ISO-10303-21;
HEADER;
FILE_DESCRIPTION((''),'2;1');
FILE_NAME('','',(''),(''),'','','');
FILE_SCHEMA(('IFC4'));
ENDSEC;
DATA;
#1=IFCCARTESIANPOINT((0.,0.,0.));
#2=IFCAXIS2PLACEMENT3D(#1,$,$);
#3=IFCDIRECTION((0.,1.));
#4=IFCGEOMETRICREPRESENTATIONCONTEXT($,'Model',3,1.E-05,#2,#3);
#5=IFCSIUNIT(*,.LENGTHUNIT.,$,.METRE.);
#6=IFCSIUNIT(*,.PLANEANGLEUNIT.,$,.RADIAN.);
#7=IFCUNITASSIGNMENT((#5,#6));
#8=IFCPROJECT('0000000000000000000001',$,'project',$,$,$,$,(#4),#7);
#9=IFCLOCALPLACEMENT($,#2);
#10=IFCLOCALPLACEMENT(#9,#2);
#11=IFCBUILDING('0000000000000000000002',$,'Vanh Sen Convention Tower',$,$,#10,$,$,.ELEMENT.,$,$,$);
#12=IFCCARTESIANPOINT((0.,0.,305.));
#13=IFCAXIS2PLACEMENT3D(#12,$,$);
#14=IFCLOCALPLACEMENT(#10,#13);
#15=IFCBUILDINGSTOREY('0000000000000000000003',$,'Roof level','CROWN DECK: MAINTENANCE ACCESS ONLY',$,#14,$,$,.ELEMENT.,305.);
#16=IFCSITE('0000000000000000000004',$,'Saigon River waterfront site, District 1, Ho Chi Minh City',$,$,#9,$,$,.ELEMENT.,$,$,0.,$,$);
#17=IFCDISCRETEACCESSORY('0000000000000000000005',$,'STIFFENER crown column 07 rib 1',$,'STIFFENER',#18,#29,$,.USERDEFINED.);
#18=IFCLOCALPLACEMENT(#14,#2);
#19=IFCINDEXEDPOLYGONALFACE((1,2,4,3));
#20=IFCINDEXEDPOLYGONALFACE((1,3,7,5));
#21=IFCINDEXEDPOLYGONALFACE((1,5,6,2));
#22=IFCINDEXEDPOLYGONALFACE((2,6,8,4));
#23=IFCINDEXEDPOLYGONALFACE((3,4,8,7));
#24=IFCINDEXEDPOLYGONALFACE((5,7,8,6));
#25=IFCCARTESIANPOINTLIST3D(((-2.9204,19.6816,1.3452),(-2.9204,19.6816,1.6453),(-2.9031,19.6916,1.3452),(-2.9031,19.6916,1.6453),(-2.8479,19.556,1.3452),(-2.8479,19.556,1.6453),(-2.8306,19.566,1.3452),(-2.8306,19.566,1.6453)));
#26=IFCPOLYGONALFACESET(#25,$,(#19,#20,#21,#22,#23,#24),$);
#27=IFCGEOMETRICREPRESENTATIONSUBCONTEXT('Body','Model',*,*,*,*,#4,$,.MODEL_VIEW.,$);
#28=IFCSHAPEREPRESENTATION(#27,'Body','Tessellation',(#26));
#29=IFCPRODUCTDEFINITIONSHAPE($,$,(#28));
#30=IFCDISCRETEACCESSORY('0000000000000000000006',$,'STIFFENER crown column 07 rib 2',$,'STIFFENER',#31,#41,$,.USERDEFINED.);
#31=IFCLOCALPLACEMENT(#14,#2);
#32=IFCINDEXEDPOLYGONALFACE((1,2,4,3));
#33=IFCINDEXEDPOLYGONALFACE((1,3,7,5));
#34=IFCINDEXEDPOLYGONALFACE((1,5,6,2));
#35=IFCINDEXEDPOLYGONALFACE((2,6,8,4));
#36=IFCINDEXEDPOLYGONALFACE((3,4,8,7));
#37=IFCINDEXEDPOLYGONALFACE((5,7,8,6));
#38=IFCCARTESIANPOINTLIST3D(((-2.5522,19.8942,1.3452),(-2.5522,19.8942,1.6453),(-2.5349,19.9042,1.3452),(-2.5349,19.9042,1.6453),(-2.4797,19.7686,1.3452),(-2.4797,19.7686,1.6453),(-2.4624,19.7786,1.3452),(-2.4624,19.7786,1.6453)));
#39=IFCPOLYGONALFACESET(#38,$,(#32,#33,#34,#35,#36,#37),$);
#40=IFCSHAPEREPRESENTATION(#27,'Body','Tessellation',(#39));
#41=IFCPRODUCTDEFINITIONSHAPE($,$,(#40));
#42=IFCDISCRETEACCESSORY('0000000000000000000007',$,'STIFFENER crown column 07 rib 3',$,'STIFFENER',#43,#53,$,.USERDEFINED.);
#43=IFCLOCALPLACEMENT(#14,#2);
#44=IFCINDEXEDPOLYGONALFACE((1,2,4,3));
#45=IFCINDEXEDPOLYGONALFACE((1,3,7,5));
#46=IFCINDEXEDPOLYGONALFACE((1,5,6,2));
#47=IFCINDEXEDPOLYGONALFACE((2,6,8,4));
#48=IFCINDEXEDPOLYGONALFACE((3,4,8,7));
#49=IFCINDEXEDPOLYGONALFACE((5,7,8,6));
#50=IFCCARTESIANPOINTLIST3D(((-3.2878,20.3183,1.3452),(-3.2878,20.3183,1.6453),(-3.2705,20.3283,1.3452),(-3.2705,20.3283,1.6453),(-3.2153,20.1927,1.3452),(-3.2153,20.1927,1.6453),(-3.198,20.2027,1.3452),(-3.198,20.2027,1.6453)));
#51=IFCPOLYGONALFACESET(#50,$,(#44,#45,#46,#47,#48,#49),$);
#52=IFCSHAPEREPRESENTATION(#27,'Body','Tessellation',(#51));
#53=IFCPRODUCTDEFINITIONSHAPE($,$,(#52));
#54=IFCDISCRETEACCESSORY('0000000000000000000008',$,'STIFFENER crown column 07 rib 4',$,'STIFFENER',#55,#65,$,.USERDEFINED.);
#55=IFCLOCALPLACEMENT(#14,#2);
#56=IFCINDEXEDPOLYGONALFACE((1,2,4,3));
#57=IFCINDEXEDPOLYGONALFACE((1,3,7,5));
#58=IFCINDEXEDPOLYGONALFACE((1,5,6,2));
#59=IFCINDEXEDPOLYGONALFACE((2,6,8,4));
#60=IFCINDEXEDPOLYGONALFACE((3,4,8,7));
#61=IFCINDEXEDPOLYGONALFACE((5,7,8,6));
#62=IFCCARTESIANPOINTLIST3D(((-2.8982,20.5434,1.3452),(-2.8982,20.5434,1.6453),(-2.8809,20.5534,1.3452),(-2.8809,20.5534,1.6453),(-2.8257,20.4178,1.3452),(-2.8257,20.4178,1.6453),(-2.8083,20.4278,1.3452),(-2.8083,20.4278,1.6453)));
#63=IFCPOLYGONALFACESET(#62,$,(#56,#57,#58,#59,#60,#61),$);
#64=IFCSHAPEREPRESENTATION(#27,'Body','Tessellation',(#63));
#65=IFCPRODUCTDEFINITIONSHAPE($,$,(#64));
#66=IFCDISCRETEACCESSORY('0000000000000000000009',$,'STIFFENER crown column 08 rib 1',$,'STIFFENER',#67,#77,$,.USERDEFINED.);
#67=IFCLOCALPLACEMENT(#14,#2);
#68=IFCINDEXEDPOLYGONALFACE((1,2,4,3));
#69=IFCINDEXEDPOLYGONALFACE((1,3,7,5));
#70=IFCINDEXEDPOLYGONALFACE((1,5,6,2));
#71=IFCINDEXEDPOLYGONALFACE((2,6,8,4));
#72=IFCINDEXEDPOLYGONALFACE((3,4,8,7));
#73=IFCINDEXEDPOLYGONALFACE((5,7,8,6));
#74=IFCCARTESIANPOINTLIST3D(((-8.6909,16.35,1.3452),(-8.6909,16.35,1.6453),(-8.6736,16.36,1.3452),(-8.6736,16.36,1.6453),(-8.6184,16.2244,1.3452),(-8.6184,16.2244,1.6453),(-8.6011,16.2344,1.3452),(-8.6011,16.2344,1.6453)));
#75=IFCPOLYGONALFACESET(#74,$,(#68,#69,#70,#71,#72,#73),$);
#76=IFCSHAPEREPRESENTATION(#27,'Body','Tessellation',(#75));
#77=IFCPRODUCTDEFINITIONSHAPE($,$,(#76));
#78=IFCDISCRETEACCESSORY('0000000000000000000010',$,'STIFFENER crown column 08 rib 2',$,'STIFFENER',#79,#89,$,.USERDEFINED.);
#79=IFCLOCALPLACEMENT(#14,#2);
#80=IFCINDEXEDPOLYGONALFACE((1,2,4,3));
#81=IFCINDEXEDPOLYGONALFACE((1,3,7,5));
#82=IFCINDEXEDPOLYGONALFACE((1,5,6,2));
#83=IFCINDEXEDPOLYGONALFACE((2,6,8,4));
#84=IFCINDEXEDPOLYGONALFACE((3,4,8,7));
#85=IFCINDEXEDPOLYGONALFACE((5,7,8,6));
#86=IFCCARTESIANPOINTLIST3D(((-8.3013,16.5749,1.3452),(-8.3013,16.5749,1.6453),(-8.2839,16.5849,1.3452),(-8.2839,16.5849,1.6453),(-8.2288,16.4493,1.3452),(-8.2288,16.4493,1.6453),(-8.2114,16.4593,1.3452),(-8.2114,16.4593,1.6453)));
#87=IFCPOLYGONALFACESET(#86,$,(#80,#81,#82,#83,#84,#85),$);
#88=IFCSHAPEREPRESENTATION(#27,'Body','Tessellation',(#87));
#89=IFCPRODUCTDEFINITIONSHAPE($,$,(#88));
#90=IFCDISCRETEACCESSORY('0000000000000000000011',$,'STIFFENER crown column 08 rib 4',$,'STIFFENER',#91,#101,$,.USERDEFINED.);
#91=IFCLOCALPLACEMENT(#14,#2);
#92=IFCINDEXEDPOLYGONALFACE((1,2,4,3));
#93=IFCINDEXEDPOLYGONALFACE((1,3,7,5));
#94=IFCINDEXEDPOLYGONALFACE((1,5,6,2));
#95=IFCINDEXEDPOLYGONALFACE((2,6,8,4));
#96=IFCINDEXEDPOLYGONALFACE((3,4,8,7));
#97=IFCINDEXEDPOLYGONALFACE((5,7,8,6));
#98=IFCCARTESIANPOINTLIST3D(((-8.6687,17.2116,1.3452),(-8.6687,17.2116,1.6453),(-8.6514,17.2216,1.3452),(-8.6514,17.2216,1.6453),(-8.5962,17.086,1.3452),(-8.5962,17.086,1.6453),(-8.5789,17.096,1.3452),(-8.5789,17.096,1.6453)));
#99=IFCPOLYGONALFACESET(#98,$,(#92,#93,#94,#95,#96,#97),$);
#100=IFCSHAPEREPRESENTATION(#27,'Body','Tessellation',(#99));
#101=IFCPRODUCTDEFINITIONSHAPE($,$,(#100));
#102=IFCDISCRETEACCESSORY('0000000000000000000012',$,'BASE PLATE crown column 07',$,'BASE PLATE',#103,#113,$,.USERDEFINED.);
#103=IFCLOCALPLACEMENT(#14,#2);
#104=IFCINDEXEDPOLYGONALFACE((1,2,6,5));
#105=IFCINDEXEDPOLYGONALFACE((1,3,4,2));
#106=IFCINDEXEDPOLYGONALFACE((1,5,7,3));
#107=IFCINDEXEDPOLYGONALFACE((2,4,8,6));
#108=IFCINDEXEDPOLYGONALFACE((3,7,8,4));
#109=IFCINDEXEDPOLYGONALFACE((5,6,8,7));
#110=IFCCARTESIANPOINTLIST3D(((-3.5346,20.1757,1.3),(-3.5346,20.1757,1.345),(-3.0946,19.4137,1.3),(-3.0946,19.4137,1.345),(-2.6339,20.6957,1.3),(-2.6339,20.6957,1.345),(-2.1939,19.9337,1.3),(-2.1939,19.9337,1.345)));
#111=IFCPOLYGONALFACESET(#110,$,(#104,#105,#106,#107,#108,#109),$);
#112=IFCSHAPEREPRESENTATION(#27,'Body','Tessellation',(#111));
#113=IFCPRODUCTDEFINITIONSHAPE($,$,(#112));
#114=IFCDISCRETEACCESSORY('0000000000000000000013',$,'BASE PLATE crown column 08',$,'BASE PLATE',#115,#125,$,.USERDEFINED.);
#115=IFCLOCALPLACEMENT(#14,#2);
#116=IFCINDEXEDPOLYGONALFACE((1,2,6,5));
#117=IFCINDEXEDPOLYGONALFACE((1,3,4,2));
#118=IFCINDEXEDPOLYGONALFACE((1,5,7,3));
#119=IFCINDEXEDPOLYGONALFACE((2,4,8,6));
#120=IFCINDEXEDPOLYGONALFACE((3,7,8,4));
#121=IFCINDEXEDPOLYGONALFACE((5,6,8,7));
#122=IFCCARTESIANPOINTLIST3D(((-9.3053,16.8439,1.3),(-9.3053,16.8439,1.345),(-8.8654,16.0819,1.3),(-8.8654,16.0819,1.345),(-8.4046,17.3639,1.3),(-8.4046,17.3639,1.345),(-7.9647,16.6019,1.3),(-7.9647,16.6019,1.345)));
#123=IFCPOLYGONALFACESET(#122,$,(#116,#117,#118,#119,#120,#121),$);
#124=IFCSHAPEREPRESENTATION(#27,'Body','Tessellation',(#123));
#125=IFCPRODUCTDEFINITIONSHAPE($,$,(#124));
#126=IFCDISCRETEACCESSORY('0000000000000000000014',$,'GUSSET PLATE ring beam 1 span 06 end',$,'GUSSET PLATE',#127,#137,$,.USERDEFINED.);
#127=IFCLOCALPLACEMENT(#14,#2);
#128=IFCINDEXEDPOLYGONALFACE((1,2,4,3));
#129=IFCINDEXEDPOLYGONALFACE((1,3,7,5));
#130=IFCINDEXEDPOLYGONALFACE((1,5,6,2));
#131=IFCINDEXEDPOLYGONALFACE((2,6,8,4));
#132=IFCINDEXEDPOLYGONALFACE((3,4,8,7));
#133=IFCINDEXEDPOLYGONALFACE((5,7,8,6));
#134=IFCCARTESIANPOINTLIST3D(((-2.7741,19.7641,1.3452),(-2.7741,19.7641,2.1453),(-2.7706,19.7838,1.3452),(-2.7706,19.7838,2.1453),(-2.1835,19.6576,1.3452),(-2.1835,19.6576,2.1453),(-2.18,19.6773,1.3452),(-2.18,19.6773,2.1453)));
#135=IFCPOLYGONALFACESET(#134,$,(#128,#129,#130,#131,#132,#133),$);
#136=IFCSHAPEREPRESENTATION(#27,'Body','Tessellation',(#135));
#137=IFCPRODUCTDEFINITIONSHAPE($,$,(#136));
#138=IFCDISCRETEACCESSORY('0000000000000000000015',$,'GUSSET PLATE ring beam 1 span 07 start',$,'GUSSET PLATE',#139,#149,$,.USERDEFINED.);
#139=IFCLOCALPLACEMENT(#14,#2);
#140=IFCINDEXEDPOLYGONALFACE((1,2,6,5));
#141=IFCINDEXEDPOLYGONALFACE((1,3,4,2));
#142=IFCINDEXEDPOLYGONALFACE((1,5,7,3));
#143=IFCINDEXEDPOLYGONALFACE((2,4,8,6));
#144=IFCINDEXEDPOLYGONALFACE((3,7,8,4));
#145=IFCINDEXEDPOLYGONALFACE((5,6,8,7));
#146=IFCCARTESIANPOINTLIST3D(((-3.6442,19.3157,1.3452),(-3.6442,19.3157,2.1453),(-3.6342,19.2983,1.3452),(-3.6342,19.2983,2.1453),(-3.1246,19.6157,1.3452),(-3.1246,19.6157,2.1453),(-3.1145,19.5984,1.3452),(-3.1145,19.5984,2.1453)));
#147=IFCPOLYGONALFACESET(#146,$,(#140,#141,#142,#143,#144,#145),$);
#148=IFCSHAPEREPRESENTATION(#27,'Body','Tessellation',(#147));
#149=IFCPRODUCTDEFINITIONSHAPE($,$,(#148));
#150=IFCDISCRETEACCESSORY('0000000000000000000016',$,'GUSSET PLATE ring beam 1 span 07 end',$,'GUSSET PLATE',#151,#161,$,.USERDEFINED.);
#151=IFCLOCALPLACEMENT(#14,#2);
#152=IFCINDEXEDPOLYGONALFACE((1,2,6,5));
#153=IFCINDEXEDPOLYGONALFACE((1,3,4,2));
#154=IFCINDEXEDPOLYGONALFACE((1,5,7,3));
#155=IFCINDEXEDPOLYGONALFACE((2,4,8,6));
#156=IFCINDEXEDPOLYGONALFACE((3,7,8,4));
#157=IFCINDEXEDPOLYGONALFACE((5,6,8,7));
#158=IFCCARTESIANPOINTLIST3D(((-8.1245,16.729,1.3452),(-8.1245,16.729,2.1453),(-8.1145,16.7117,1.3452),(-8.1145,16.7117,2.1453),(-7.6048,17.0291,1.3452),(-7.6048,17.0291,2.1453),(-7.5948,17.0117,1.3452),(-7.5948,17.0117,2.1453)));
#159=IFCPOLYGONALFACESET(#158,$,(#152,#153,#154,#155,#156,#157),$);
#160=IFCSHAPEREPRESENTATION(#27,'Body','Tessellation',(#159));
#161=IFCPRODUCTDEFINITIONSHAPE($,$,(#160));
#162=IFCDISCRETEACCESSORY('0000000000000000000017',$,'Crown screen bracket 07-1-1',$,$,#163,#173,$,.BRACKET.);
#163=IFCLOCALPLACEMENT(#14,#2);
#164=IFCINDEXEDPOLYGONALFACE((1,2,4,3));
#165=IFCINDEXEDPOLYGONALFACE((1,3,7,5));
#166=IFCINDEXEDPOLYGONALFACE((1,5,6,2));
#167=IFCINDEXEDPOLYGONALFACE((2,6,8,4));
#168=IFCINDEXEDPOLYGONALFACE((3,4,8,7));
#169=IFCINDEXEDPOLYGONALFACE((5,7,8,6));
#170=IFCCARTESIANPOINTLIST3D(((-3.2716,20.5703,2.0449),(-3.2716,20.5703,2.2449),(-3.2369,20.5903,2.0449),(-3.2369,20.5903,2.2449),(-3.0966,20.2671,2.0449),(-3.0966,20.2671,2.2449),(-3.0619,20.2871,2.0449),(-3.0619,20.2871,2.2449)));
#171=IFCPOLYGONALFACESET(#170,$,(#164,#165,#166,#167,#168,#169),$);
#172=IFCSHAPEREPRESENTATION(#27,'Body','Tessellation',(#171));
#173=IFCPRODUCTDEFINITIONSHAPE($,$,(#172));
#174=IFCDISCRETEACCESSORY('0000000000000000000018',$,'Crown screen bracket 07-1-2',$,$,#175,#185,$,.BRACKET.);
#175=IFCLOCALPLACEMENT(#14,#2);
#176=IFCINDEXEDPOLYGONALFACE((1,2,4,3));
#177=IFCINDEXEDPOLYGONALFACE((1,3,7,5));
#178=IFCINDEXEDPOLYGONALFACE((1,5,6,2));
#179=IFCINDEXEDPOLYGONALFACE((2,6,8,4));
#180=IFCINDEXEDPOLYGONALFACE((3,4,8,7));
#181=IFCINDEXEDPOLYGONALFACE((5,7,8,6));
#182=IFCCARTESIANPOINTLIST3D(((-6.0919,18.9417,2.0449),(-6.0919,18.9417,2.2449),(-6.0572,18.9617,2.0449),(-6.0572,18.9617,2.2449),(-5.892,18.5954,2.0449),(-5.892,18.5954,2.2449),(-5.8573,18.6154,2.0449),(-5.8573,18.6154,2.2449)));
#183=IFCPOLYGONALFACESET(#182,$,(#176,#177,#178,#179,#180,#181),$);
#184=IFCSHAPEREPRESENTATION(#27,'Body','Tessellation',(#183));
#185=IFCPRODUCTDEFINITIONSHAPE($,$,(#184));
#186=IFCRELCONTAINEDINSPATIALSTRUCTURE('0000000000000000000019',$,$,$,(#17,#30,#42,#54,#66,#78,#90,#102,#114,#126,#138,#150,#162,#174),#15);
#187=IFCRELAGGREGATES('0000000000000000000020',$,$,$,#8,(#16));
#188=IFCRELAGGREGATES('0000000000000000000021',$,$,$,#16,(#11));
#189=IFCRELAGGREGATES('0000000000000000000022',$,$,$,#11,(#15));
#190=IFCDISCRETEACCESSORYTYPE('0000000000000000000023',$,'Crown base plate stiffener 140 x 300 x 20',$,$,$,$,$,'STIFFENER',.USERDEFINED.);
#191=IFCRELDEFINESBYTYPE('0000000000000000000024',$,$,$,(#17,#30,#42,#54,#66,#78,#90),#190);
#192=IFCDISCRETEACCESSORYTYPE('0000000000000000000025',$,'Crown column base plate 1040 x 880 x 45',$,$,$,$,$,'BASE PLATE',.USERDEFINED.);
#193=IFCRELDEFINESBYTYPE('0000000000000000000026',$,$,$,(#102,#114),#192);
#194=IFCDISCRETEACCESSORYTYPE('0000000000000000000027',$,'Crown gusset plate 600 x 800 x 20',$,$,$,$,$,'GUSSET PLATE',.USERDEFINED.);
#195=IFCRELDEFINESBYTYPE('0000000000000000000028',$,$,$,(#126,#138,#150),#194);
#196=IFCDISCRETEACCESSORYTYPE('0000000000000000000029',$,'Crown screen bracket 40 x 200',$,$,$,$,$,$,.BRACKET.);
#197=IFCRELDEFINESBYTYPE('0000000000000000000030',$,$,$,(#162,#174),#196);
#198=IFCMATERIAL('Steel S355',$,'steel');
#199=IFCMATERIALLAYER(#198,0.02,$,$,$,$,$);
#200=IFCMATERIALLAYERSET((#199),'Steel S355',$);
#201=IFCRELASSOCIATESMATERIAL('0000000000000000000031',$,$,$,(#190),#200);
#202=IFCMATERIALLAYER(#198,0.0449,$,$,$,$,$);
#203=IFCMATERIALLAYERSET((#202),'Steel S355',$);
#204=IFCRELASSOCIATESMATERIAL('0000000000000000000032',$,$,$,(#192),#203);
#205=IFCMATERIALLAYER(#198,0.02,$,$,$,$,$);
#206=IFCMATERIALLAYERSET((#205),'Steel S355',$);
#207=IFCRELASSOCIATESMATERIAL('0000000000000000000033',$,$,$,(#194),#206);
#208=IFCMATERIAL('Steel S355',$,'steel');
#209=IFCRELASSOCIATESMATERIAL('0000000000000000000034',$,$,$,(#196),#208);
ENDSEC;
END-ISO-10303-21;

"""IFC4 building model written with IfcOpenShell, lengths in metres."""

from ifc_helpers import new_model, si_unit, direction, frame, origin, origin_2d, place, context, subcontext, project, spatial, rectangle, extrude, material, layer, layer_set, type_object, element, save


model = new_model("IFC4")

# Units and contexts
model_context = context("Model", 3, precision=1e-05, world=origin(), true_north=direction((0.0, 1.0)))
body_context = subcontext(model_context, "Body", "Model", "MODEL_VIEW")
ifc_project = project(units=[si_unit("LENGTHUNIT", "METRE"), si_unit("PLANEANGLEUNIT", "RADIAN")], contexts=[model_context])

# Site, building, storey
site_placement = place(None, origin())
site = spatial("IfcSite", under=ifc_project, at=site_placement, Name="Saigon River waterfront site, District 1, Ho Chi Minh City", CompositionType="ELEMENT", RefElevation=0.0)
building_placement = place(site_placement, origin())
building = spatial("IfcBuilding", under=site, at=building_placement, Name="Vanh Sen Convention Tower", CompositionType="ELEMENT")
storey_placement = place(building_placement, frame((0.0, 0.0, 305.0)))
storey = spatial("IfcBuildingStorey", under=building, at=storey_placement, Name="Roof level", Description="CROWN DECK: MAINTENANCE ACCESS ONLY", CompositionType="ELEMENT", Elevation=305.0)

# Discrete accessories
ifc_material_1 = material(Name="Steel S355", Category="steel")
ifc_layer_1 = layer(ifc_material_1, 0.02)
ifc_layer_set_1 = layer_set([ifc_layer_1], Name="Steel S355")
discrete_accessory_type_1 = type_object("IfcDiscreteAccessoryType", Name="Crown base plate stiffener 140 x 300 x 20", ElementType="STIFFENER", PredefinedType="USERDEFINED", material=ifc_layer_set_1)
for number, where, z_axis, x_axis, name in (
    (1, (-2.8755, 19.6238, 1.3452), (0.0, 0.0, 1.0), (0.5, -0.866025, 0.0), "STIFFENER crown column 07 rib 1"),
    (2, (-2.5073, 19.8364, 1.3452), (0.0, 0.0, 1.0), (0.5, -0.866025, 0.0), "STIFFENER crown column 07 rib 2"),
    (3, (-3.2429, 20.2605, 1.3452), (0.0, 0.0, 1.0), (0.5, -0.866025, 0.0), "STIFFENER crown column 07 rib 3"),
    (4, (-2.8533, 20.4856, 1.3452), (0.0, 0.0, 1.0), (0.5, -0.866025, 0.0), "STIFFENER crown column 07 rib 4"),
    (5, (-8.646, 16.2922, 1.3452), (0.0, 0.0, 1.0), (0.5, -0.866025, 0.0), "STIFFENER crown column 08 rib 1"),
    (6, (-8.2563, 16.5171, 1.3452), (0.0, 0.0, 1.0), (0.5, -0.866025, 0.0), "STIFFENER crown column 08 rib 2"),
    (7, (-8.6238, 17.1538, 1.3452), (0.0, 0.0, 1.0), (0.5, -0.866025, 0.0), "STIFFENER crown column 08 rib 4"),
):
    element("IfcDiscreteAccessory", number, at=place(storey_placement, frame(where, z_axis=z_axis, x_axis=x_axis)), inside=storey, type_object=discrete_accessory_type_1, Name=name, ObjectType="STIFFENER", PredefinedType="USERDEFINED", context=body_context, shape_type="SweptSolid", body=[
        extrude(rectangle(XDim=0.145, YDim=0.02, at=origin_2d()), origin(), (0.0, 0.0, 1.0), 0.3),
    ])
ifc_layer_2 = layer(ifc_material_1, 0.0449)
ifc_layer_set_2 = layer_set([ifc_layer_2], Name="Steel S355")
discrete_accessory_type_2 = type_object("IfcDiscreteAccessoryType", Name="Crown column base plate 1040 x 880 x 45", ElementType="BASE PLATE", PredefinedType="USERDEFINED", material=ifc_layer_set_2)
for number, where, z_axis, x_axis, name in (
    (8, (-2.8643, 20.0547, 1.3), (0.0, 0.0, 1.0), (-0.866025, -0.5, 0.0), "BASE PLATE crown column 07"),
    (9, (-8.635, 16.7229, 1.3), (0.0, 0.0, 1.0), (-0.866025, -0.5, 0.0), "BASE PLATE crown column 08"),
):
    element("IfcDiscreteAccessory", number, at=place(storey_placement, frame(where, z_axis=z_axis, x_axis=x_axis)), inside=storey, type_object=discrete_accessory_type_2, Name=name, ObjectType="BASE PLATE", PredefinedType="USERDEFINED", context=body_context, shape_type="SweptSolid", body=[
        extrude(rectangle(XDim=1.04, YDim=0.8799, at=origin_2d()), origin(), (0.0, 0.0, 1.0), 0.0449),
    ])
ifc_layer_3 = layer(ifc_material_1, 0.02)
ifc_layer_set_3 = layer_set([ifc_layer_3], Name="Steel S355")
discrete_accessory_type_3 = type_object("IfcDiscreteAccessoryType", Name="Crown gusset plate 600 x 800 x 20", ElementType="GUSSET PLATE", PredefinedType="USERDEFINED", material=ifc_layer_set_3)
for number, where, z_axis, x_axis, name in (
    (10, (-2.4771, 19.7207, 1.3452), (0.0, 0.0, 1.0), (0.984122, -0.177495, 0.0), "GUSSET PLATE ring beam 1 span 06 end"),
    (11, (-3.3794, 19.457, 1.3452), (0.0, 0.0, 1.0), (-0.866023, -0.500005, 0.0), "GUSSET PLATE ring beam 1 span 07 start"),
    (12, (-7.8596, 16.8704, 1.3452), (0.0, 0.0, 1.0), (0.866023, 0.500005, 0.0), "GUSSET PLATE ring beam 1 span 07 end"),
):
    element("IfcDiscreteAccessory", number, at=place(storey_placement, frame(where, z_axis=z_axis, x_axis=x_axis)), inside=storey, type_object=discrete_accessory_type_3, Name=name, ObjectType="GUSSET PLATE", PredefinedType="USERDEFINED", context=body_context, shape_type="SweptSolid", body=[
        extrude(rectangle(XDim=0.6001, YDim=0.02, at=origin_2d()), origin(), (0.0, 0.0, 1.0), 0.8),
    ])
ifc_material_2 = material(Name="Steel S355", Category="steel")
discrete_accessory_type_4 = type_object("IfcDiscreteAccessoryType", Name="Crown screen bracket 40 x 200", PredefinedType="BRACKET", material=ifc_material_2)
discrete_accessory_1_placement = place(storey_placement, frame((-3.1667, 20.4287, 2.0449), z_axis=(0.0, 0.0, 1.0), x_axis=(-0.500005, 0.866023, 0.0)))
element("IfcDiscreteAccessory", 13, at=discrete_accessory_1_placement, inside=storey, type_object=discrete_accessory_type_4, Name="Crown screen bracket 07-1-1", PredefinedType="BRACKET", context=body_context, shape_type="SweptSolid", body=[
    extrude(rectangle(XDim=0.3501, YDim=0.04, at=origin_2d()), origin(), (0.0, 0.0, 1.0), 0.2),
])
discrete_accessory_2_placement = place(storey_placement, frame((-5.9746, 18.7786, 2.0449), z_axis=(0.0, 0.0, 1.0), x_axis=(-0.500005, 0.866023, 0.0)))
element("IfcDiscreteAccessory", 14, at=discrete_accessory_2_placement, inside=storey, type_object=discrete_accessory_type_4, Name="Crown screen bracket 07-1-2", PredefinedType="BRACKET", context=body_context, shape_type="SweptSolid", body=[
    extrude(rectangle(XDim=0.3999, YDim=0.04, at=origin_2d()), origin(), (0.0, 0.0, 1.0), 0.2),
])

save(model, "model.ifc")
